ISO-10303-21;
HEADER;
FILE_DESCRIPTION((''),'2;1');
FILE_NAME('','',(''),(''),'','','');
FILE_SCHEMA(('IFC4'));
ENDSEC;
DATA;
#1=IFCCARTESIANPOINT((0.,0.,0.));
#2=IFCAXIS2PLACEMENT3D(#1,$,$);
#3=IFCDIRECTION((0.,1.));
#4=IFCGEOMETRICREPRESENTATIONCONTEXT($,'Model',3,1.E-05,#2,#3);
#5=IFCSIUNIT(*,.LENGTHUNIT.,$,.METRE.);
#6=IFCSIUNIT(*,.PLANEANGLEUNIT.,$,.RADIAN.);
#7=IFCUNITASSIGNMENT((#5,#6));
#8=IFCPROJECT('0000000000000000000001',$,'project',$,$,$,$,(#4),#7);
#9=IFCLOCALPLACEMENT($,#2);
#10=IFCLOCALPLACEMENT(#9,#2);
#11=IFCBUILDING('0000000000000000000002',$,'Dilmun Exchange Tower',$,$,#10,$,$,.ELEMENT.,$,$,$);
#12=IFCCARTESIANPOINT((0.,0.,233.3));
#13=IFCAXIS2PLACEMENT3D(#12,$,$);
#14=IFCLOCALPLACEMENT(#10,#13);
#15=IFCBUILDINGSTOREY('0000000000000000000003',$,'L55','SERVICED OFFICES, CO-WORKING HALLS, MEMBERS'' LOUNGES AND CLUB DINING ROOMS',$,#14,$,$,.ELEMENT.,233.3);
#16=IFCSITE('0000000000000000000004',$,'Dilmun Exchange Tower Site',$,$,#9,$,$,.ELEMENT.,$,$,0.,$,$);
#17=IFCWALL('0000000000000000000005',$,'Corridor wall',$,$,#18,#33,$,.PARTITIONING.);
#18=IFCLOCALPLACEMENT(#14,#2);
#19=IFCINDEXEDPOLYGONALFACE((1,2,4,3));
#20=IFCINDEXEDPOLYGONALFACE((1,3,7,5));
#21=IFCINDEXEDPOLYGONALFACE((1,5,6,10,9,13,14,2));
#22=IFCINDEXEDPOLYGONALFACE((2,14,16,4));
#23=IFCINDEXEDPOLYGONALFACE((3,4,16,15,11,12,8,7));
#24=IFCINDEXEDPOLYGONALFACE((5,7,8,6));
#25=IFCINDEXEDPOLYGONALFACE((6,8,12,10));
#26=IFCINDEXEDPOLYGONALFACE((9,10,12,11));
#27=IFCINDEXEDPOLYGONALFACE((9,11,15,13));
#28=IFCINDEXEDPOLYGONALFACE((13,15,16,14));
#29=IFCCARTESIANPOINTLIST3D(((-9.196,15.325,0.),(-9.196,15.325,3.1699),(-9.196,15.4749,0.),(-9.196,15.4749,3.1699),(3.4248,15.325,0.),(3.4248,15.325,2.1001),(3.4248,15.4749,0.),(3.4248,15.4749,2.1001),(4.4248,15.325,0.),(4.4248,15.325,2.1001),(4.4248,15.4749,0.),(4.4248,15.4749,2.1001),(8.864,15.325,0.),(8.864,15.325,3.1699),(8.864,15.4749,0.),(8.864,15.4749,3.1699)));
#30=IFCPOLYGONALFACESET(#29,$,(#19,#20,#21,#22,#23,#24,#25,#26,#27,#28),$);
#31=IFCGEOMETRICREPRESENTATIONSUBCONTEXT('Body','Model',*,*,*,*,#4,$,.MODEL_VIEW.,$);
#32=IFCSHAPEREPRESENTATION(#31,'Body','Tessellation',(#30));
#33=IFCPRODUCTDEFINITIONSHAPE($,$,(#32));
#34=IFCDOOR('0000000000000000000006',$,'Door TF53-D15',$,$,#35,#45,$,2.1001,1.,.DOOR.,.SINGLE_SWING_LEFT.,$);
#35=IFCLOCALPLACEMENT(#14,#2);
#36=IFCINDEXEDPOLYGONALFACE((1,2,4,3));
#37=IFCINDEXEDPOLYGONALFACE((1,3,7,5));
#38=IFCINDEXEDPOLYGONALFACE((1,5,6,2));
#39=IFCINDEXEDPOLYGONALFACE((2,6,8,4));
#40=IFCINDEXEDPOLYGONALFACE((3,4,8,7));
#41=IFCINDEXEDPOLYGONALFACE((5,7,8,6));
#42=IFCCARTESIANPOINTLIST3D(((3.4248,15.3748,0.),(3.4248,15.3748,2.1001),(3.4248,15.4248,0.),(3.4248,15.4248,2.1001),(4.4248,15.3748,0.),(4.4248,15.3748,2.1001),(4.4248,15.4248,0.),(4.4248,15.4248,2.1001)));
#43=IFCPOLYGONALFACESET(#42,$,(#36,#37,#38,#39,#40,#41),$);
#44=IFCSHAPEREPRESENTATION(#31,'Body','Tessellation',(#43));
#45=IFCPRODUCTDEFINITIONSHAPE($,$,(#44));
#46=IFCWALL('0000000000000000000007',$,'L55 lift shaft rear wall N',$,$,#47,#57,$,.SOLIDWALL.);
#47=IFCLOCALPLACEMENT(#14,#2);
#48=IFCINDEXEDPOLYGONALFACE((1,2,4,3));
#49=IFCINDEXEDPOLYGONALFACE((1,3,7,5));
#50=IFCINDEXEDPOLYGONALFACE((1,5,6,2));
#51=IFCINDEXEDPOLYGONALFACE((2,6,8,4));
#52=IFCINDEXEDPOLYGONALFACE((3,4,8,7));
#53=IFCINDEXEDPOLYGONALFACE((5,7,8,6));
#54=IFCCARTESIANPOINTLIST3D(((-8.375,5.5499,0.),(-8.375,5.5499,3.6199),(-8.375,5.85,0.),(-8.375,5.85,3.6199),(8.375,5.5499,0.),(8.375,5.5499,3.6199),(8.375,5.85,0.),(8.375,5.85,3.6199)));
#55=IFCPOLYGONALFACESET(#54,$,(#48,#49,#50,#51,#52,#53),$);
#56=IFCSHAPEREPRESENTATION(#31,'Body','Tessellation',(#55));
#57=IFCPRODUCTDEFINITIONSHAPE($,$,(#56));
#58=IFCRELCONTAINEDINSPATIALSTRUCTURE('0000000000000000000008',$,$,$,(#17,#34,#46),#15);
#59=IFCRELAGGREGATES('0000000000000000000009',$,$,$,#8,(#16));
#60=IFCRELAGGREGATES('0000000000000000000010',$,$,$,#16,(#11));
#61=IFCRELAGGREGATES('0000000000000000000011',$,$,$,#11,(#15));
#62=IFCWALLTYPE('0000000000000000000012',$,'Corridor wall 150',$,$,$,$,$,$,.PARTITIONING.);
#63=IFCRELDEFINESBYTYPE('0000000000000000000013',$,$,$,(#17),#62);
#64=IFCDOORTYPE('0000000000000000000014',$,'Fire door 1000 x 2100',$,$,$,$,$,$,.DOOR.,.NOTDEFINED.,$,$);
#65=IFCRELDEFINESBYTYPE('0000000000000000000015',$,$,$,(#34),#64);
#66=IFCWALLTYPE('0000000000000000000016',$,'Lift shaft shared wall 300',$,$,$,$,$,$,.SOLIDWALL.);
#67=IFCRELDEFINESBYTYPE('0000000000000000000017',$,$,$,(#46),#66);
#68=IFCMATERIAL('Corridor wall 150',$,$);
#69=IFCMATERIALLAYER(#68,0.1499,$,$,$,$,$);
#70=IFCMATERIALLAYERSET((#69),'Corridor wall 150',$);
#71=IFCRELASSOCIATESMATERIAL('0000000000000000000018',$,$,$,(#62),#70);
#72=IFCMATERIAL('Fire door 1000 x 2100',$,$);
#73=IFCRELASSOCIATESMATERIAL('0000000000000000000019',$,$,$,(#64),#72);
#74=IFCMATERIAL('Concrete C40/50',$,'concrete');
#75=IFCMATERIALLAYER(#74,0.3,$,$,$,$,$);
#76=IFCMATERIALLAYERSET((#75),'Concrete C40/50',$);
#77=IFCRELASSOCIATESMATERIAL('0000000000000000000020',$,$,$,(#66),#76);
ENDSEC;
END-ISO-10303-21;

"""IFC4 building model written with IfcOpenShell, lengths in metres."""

from ifc_helpers import new_model, si_unit, direction, frame, frame_2d, origin, place, context, subcontext, project, spatial, rectangle, extrude, material, layer, layer_set, type_object, element, fill, save


model = new_model("IFC4")

# Units and contexts
model_context = context("Model", 3, precision=1e-05, world=origin(), true_north=direction((0.0, 1.0)))
body_context = subcontext(model_context, "Body", "Model", "MODEL_VIEW")
ifc_project = project(units=[si_unit("LENGTHUNIT", "METRE"), si_unit("PLANEANGLEUNIT", "RADIAN")], contexts=[model_context])

# Site, building, storey
site_placement = place(None, origin())
site = spatial("IfcSite", under=ifc_project, at=site_placement, Name="Dilmun Exchange Tower Site", CompositionType="ELEMENT", RefElevation=0.0)
building_placement = place(site_placement, origin())
building = spatial("IfcBuilding", under=site, at=building_placement, Name="Dilmun Exchange Tower", CompositionType="ELEMENT")
storey_placement = place(building_placement, frame((0.0, 0.0, 233.3)))
storey = spatial("IfcBuildingStorey", under=building, at=storey_placement, Name="L55", Description="SERVICED OFFICES, CO-WORKING HALLS, MEMBERS' LOUNGES AND CLUB DINING ROOMS", CompositionType="ELEMENT", Elevation=233.3)

# Shared definitions
ifc_material_1 = material(Name="Concrete C40/50", Category="concrete")

# Wall, opening, door
ifc_material_2 = material(Name="Corridor wall 150")
ifc_layer_1 = layer(ifc_material_2, 0.1499)
ifc_layer_set_1 = layer_set([ifc_layer_1], Name="Corridor wall 150")
wall_type_1 = type_object("IfcWallType", Name="Corridor wall 150", PredefinedType="PARTITIONING", material=ifc_layer_set_1)
wall_1_placement = place(storey_placement, frame((-9.196, 15.3999, 0.0), z_axis=(0.0, 0.0, 1.0), x_axis=(1.0, 0.0, 0.0)))
wall_1 = element("IfcWall", 1, at=wall_1_placement, inside=storey, type_object=wall_type_1, Name="Corridor wall", PredefinedType="PARTITIONING", context=body_context, shape_type="SweptSolid", body=[
    extrude(rectangle(XDim=18.0601, YDim=0.1499, at=frame_2d((9.03, 0.0))), origin(), (0.0, 0.0, 1.0), 3.1699),
])
opening_1_placement = place(wall_1_placement, frame((12.6208, 0.0, 0.0)))
opening_1 = element("IfcOpeningElement", 2, at=opening_1_placement, cuts=wall_1, PredefinedType="OPENING", context=body_context, shape_type="SweptSolid", body=[
    extrude(rectangle(XDim=1.0, YDim=2.1001, at=frame_2d((0.5, 1.05))), frame((0.0, 0.085, 0.0), z_axis=(0.0, -1.0, 0.0), x_axis=(1.0, 0.0, 0.0)), (0.0, 0.0, 1.0), 0.1699),
])
ifc_material_3 = material(Name="Fire door 1000 x 2100")
door_type_1 = type_object("IfcDoorType", Name="Fire door 1000 x 2100", OperationType="NOTDEFINED", PredefinedType="DOOR", material=ifc_material_3)
door_1_placement = place(opening_1_placement, origin())
door_1 = element("IfcDoor", 3, at=door_1_placement, inside=storey, type_object=door_type_1, Name="Door TF53-D15", OperationType="SINGLE_SWING_LEFT", OverallHeight=2.1001, OverallWidth=1.0, PredefinedType="DOOR", context=body_context, shape_type="SweptSolid", body=[
    extrude(rectangle(XDim=1.0, YDim=2.1001, at=frame_2d((0.5, 1.05))), frame((0.0, 0.0249, 0.0), z_axis=(0.0, -1.0, 0.0), x_axis=(1.0, 0.0, 0.0)), (0.0, 0.0, 1.0), 0.05),
])
fill(opening_1, door_1)

# Wall
ifc_layer_2 = layer(ifc_material_1, 0.3)
ifc_layer_set_2 = layer_set([ifc_layer_2], Name="Concrete C40/50")
wall_type_2 = type_object("IfcWallType", Name="Lift shaft shared wall 300", PredefinedType="SOLIDWALL", material=ifc_layer_set_2)
wall_2_placement = place(storey_placement, frame((-8.375, 5.7, 0.0), z_axis=(0.0, 0.0, 1.0), x_axis=(1.0, 0.0, 0.0)))
element("IfcWall", 4, at=wall_2_placement, inside=storey, type_object=wall_type_2, Name="L55 lift shaft rear wall N", PredefinedType="SOLIDWALL", context=body_context, shape_type="SweptSolid", body=[
    extrude(rectangle(XDim=16.75, YDim=0.3, at=frame_2d((8.375, 0.0))), origin(), (0.0, 0.0, 1.0), 3.6199),
])

save(model, "model.ifc")
